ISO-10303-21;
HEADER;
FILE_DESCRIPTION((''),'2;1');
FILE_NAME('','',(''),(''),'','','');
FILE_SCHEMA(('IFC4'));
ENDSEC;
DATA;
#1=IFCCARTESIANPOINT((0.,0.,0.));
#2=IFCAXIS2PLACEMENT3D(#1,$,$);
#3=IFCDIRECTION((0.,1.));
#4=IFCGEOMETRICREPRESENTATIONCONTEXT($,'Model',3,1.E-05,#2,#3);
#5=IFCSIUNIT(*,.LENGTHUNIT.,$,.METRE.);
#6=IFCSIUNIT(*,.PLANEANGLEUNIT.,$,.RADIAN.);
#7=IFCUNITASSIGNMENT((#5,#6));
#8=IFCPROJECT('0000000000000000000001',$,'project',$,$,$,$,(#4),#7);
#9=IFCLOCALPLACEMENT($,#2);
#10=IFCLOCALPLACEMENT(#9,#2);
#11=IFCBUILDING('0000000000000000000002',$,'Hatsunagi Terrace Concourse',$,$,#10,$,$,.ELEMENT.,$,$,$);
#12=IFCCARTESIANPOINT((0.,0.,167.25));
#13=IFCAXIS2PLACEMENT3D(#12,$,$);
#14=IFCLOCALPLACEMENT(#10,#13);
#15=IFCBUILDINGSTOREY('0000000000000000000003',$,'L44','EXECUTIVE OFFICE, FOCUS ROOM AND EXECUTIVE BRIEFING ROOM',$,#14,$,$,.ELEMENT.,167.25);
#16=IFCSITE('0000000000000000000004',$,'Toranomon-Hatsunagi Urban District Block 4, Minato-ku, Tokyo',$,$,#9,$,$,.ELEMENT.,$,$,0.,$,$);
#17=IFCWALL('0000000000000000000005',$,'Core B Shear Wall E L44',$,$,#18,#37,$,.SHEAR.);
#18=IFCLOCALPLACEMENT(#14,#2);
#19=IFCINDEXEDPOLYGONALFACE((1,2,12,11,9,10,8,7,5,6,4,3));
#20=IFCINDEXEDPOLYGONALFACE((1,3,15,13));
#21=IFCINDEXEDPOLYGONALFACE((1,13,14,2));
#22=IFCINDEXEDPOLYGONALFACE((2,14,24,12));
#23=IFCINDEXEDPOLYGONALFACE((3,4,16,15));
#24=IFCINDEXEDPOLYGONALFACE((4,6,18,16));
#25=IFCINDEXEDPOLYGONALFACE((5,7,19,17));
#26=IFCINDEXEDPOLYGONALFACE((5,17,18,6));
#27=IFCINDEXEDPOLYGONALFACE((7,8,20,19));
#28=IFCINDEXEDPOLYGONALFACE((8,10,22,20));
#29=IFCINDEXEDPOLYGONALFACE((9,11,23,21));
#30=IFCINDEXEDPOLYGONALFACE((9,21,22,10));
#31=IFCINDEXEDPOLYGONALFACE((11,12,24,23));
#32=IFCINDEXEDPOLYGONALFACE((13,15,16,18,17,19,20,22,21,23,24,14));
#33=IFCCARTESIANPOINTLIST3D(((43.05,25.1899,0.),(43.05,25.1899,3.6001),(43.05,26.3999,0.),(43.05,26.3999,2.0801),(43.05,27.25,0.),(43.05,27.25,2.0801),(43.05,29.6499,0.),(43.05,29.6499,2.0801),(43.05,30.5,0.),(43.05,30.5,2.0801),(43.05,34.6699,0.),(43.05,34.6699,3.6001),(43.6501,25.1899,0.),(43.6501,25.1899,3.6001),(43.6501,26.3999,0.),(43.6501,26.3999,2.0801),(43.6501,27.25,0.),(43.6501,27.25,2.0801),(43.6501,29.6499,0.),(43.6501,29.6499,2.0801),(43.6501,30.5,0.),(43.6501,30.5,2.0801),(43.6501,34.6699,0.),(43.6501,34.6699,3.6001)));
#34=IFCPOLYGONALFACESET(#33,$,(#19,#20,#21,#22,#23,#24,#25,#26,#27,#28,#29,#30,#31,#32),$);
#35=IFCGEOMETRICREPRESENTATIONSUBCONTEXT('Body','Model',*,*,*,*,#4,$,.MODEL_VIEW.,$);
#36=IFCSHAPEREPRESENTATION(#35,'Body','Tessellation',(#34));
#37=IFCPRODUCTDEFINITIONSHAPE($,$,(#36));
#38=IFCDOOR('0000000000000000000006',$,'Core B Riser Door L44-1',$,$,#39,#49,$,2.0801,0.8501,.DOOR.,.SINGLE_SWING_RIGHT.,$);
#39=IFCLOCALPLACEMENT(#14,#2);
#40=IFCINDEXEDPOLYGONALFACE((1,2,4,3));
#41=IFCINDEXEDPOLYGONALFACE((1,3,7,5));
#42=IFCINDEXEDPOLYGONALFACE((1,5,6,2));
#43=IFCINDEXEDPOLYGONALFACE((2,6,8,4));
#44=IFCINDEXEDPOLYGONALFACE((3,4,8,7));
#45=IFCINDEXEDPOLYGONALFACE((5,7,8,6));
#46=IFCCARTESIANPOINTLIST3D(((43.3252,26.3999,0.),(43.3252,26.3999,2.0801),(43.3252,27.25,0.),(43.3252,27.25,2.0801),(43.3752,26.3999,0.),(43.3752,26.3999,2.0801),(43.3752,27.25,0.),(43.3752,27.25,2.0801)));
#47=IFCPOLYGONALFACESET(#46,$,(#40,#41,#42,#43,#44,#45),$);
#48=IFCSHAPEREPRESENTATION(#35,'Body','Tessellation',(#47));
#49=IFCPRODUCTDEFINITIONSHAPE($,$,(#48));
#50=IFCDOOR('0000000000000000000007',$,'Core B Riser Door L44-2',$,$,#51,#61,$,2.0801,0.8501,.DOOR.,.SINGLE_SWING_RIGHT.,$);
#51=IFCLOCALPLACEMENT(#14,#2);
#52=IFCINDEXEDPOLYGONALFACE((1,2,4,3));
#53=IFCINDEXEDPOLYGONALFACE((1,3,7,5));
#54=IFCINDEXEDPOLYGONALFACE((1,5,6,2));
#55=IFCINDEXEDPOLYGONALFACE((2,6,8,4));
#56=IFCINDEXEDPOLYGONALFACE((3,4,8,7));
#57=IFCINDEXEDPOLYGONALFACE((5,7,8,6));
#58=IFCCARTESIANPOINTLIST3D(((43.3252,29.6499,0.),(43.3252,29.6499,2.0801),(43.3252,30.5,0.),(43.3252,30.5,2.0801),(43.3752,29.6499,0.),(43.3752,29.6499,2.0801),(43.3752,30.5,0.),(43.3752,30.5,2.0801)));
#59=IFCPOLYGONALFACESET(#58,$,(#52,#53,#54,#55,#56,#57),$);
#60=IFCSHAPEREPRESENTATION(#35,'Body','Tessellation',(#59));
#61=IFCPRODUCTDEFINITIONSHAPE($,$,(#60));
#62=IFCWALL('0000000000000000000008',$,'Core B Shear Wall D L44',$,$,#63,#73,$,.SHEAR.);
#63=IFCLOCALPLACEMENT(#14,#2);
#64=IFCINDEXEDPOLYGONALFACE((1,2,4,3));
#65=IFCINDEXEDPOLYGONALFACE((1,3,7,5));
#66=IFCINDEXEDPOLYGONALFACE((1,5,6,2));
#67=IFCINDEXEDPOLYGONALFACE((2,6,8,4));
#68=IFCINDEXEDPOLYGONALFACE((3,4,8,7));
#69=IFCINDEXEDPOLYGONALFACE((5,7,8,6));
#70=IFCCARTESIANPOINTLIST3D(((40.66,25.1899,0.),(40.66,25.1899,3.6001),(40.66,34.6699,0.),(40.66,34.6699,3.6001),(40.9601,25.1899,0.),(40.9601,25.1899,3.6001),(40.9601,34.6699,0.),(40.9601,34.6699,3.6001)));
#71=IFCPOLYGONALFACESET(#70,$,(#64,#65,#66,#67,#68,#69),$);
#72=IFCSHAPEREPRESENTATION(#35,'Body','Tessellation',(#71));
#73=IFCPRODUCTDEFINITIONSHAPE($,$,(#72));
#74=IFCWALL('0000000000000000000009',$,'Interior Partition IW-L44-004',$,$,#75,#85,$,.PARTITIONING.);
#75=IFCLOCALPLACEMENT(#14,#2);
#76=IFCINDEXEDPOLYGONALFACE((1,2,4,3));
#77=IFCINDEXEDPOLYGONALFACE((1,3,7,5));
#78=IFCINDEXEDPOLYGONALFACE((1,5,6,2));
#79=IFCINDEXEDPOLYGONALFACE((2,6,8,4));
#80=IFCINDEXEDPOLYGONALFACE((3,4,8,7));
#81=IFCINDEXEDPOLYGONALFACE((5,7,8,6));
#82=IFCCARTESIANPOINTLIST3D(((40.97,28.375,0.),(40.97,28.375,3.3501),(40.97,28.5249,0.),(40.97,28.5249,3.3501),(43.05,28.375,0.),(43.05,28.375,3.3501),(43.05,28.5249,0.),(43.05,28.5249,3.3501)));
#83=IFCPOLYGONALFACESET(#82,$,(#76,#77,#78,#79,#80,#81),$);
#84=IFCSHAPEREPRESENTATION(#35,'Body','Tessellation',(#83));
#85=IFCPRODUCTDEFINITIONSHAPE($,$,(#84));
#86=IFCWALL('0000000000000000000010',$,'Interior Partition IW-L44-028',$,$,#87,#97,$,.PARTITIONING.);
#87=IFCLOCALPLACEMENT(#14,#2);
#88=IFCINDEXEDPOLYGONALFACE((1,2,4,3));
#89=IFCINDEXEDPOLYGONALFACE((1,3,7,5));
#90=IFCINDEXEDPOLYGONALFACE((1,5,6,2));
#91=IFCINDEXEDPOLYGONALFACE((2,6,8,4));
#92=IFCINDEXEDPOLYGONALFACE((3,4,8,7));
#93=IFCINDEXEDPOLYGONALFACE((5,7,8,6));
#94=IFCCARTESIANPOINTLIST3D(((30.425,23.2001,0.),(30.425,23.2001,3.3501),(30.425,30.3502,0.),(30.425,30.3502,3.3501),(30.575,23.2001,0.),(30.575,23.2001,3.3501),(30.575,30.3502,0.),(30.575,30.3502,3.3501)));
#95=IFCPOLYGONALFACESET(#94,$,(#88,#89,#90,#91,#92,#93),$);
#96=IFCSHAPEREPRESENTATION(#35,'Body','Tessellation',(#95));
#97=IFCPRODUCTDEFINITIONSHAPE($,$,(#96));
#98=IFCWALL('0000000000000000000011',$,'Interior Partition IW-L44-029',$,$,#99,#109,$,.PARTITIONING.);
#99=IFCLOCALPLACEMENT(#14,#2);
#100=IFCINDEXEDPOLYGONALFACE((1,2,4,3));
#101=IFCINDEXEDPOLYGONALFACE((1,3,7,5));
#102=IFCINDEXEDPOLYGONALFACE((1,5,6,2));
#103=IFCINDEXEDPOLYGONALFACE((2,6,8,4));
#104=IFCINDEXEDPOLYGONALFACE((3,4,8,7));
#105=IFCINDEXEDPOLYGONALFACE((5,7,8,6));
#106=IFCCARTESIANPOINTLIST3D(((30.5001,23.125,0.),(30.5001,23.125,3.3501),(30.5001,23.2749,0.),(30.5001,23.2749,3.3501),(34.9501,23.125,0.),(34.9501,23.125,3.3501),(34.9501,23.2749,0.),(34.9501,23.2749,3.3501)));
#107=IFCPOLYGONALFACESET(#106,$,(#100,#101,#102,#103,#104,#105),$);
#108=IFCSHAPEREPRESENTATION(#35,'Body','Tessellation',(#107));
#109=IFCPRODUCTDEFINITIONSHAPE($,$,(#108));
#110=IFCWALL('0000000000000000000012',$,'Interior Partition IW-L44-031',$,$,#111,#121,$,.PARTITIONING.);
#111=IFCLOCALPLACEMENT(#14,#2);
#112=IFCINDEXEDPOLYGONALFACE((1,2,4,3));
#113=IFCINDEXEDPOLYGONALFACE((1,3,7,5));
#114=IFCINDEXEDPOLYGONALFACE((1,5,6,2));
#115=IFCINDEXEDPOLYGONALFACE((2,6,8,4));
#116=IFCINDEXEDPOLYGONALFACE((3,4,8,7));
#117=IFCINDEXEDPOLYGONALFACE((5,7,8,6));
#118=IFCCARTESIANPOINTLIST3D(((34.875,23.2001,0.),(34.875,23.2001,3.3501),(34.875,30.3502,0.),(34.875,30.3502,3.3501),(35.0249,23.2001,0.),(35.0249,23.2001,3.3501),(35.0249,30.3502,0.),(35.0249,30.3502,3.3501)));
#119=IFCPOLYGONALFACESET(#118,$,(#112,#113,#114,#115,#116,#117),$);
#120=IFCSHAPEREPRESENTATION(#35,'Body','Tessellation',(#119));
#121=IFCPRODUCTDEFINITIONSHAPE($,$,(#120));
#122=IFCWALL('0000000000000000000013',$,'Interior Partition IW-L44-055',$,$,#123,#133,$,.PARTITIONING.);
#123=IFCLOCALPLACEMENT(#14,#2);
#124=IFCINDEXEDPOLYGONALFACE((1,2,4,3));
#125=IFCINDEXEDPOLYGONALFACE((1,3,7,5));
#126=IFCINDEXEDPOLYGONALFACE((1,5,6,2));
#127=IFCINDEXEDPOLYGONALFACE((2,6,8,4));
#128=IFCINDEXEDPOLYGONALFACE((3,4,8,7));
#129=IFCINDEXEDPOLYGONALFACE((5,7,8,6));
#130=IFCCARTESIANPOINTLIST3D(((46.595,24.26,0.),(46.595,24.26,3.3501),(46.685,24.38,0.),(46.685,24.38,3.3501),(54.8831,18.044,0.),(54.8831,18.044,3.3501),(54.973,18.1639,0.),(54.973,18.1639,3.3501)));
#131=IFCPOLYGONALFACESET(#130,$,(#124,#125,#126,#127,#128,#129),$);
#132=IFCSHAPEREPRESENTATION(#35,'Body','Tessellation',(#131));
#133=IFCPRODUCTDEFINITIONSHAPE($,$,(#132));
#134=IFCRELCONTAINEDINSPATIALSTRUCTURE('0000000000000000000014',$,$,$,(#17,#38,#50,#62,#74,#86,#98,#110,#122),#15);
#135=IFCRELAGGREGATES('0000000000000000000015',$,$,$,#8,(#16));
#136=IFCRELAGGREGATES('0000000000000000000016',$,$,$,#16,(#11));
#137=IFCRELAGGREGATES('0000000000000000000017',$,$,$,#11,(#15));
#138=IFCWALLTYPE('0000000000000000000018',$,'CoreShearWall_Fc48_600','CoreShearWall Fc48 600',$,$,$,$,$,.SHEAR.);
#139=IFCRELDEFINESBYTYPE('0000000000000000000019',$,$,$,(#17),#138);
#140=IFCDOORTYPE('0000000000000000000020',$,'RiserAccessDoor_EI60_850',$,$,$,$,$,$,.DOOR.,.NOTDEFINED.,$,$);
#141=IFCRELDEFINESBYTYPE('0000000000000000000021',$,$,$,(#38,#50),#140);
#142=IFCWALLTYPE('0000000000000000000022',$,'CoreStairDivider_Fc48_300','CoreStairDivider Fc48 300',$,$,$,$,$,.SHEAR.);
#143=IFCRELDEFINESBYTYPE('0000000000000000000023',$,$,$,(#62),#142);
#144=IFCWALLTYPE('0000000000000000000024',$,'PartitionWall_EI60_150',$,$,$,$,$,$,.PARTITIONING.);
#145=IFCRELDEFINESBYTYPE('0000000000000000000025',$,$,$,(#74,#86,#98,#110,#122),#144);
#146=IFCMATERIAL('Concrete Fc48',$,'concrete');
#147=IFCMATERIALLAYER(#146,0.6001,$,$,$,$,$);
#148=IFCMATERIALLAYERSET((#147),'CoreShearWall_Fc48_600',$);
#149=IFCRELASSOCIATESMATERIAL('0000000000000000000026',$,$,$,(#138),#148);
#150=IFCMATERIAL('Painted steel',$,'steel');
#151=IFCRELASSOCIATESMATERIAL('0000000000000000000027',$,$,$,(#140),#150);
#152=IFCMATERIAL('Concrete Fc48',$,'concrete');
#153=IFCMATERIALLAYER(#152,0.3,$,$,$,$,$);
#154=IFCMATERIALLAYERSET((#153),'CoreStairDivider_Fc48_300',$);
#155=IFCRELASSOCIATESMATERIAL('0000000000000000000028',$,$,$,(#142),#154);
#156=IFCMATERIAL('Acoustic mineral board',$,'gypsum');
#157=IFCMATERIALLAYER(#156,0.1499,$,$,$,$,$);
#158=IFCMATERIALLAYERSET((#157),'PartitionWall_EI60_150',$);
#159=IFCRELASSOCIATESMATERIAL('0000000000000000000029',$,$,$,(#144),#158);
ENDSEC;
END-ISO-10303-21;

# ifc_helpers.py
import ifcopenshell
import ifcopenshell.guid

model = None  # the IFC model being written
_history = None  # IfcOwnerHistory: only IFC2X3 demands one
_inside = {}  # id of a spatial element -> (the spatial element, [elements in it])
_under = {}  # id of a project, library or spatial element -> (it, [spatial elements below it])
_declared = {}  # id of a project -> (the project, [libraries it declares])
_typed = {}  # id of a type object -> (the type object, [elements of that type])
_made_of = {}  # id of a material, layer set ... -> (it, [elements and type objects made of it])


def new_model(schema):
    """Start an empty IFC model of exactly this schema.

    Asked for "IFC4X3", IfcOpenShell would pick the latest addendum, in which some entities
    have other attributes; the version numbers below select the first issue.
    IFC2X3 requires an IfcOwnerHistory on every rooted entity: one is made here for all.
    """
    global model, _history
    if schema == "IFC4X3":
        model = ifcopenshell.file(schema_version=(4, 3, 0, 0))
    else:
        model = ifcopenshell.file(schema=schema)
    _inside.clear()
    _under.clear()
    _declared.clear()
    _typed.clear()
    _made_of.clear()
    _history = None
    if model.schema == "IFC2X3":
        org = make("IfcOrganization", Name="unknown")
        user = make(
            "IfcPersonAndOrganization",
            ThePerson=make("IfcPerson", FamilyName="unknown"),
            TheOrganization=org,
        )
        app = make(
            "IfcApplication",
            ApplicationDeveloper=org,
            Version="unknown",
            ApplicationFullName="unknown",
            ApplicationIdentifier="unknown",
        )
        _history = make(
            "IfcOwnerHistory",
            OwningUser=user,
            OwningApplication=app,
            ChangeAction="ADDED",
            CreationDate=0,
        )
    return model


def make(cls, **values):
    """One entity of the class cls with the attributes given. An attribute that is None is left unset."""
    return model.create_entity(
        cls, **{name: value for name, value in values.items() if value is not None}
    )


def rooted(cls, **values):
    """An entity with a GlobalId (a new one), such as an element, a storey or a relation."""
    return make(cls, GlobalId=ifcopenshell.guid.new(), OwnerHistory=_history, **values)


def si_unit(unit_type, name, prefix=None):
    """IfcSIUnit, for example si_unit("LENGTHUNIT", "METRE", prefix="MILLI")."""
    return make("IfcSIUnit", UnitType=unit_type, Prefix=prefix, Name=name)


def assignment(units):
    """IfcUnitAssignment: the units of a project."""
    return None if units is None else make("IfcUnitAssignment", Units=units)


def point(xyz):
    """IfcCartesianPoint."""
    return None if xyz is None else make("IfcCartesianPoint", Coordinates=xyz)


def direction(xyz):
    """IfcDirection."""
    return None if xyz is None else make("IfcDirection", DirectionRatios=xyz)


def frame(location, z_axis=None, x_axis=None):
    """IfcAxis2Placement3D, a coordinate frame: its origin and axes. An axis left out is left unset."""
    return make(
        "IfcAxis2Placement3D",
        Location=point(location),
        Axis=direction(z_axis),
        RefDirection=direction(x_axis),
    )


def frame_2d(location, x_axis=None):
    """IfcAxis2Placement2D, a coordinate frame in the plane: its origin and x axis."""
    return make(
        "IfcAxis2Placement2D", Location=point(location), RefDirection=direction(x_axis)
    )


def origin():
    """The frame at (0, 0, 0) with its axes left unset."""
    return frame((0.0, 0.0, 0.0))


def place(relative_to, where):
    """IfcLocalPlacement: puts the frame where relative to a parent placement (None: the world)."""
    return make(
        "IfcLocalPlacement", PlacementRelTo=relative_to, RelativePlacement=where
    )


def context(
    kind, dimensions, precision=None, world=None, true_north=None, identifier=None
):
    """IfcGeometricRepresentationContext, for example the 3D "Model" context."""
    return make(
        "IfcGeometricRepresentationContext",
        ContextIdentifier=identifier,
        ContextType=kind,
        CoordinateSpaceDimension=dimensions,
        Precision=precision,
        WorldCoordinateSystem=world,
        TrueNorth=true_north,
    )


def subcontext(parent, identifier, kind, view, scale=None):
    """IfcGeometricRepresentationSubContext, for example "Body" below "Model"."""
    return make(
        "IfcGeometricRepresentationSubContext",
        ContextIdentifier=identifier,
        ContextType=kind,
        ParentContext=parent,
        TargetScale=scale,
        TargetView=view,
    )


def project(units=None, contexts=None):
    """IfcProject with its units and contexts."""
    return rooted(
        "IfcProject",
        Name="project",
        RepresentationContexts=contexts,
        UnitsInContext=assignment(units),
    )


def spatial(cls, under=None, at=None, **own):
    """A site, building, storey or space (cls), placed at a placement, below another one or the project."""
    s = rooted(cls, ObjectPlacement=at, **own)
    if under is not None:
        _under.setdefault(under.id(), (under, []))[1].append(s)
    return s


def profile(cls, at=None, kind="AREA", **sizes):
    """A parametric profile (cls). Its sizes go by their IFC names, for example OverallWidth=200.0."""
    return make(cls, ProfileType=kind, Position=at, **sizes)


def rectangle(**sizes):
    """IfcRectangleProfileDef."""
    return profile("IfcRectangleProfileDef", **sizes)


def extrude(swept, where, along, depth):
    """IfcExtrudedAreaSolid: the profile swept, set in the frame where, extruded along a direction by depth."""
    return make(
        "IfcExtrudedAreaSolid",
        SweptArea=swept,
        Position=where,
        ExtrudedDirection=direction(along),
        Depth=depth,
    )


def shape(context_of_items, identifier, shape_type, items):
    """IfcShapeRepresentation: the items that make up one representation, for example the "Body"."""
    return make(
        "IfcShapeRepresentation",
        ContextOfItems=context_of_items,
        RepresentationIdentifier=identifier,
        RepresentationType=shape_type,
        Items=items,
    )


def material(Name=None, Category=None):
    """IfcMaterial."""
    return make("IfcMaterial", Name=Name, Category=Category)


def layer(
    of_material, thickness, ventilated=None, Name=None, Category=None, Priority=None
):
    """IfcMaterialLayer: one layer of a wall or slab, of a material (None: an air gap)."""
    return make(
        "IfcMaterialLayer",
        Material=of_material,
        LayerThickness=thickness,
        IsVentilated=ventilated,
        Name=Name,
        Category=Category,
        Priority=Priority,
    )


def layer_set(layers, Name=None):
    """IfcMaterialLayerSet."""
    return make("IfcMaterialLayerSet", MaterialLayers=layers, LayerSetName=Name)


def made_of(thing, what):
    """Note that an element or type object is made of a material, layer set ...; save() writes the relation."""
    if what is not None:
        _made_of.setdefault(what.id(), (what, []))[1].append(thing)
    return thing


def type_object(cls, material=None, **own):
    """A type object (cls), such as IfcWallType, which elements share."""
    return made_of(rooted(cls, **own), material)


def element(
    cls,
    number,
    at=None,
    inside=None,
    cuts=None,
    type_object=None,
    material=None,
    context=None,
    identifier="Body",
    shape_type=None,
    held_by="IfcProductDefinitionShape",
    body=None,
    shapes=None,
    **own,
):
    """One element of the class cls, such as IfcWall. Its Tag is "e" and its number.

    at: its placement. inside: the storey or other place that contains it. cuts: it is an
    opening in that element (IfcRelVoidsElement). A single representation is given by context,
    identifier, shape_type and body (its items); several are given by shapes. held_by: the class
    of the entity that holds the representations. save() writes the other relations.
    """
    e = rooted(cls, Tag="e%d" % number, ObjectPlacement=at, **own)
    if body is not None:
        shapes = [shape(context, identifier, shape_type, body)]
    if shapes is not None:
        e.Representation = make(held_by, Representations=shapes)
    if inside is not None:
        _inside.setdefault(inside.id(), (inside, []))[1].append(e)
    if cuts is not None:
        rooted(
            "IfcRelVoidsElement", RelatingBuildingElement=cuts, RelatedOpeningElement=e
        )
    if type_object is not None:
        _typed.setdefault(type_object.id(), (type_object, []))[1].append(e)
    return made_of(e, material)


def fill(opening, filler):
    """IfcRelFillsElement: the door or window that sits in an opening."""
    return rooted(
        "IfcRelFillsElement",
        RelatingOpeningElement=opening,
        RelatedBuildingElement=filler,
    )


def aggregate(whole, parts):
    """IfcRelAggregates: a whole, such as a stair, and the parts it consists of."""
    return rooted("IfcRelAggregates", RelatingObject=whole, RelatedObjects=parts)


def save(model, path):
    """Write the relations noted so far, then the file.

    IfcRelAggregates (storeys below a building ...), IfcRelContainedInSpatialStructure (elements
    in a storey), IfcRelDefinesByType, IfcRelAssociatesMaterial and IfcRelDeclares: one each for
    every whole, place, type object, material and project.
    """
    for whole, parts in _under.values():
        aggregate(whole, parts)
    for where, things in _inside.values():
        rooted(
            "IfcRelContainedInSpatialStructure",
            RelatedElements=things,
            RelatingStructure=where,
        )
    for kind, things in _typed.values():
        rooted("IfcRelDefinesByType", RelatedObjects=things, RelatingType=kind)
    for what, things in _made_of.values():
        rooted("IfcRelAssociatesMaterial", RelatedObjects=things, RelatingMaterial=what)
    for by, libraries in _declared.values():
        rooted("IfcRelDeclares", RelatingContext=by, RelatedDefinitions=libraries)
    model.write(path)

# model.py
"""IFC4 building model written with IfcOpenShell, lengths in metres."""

from ifc_helpers import new_model, si_unit, direction, frame, frame_2d, origin, place, context, subcontext, project, spatial, rectangle, extrude, material, layer, layer_set, type_object, element, fill, save


model = new_model("IFC4")

# Units and contexts
model_context = context("Model", 3, precision=1e-05, world=origin(), true_north=direction((0.0, 1.0)))
body_context = subcontext(model_context, "Body", "Model", "MODEL_VIEW")
ifc_project = project(units=[si_unit("LENGTHUNIT", "METRE"), si_unit("PLANEANGLEUNIT", "RADIAN")], contexts=[model_context])

# Site, building, storey
site_placement = place(None, origin())
site = spatial("IfcSite", under=ifc_project, at=site_placement, Name="Toranomon-Hatsunagi Urban District Block 4, Minato-ku, Tokyo", CompositionType="ELEMENT", RefElevation=0.0)
building_placement = place(site_placement, origin())
building = spatial("IfcBuilding", under=site, at=building_placement, Name="Hatsunagi Terrace Concourse", CompositionType="ELEMENT")
storey_placement = place(building_placement, frame((0.0, 0.0, 167.25)))
storey = spatial("IfcBuildingStorey", under=building, at=storey_placement, Name="L44", Description="EXECUTIVE OFFICE, FOCUS ROOM AND EXECUTIVE BRIEFING ROOM", CompositionType="ELEMENT", Elevation=167.25)

# Shared definitions
ifc_material_1 = material(Name="Concrete Fc48", Category="concrete")
ifc_layer_1 = layer(ifc_material_1, 0.6001)
ifc_layer_set_1 = layer_set([ifc_layer_1], Name="CoreShearWall_Fc48_600")
wall_type_1 = type_object("IfcWallType", Name="CoreShearWall_Fc48_600", Description="CoreShearWall Fc48 600", PredefinedType="SHEAR", material=ifc_layer_set_1)

# Wall, openings, doors
wall_1_placement = place(storey_placement, frame((43.3501, 25.1899, 0.0), z_axis=(0.0, 0.0, 1.0), x_axis=(0.0, 1.0, 0.0)))
wall_1 = element("IfcWall", 1, at=wall_1_placement, inside=storey, type_object=wall_type_1, Name="Core B Shear Wall E L44", PredefinedType="SHEAR", context=body_context, shape_type="SweptSolid", body=[
    extrude(rectangle(XDim=9.48, YDim=0.6001, at=frame_2d((4.74, 0.0))), origin(), (0.0, 0.0, 1.0), 3.6001),
])
opening_1_placement = place(wall_1_placement, frame((1.21, 0.0, 0.0)))
opening_1 = element("IfcOpeningElement", 2, at=opening_1_placement, cuts=wall_1, PredefinedType="OPENING", context=body_context, shape_type="SweptSolid", body=[
    extrude(rectangle(XDim=0.8501, YDim=2.0801, at=frame_2d((0.425, 1.04))), frame((0.0, 0.3101, 0.0), z_axis=(0.0, -1.0, 0.0), x_axis=(1.0, 0.0, 0.0)), (0.0, 0.0, 1.0), 0.6201),
])
opening_2_placement = place(wall_1_placement, frame((4.46, 0.0, 0.0)))
opening_2 = element("IfcOpeningElement", 3, at=opening_2_placement, cuts=wall_1, PredefinedType="OPENING", context=body_context, shape_type="SweptSolid", body=[
    extrude(rectangle(XDim=0.8501, YDim=2.0801, at=frame_2d((0.425, 1.04))), frame((0.0, 0.3101, 0.0), z_axis=(0.0, -1.0, 0.0), x_axis=(1.0, 0.0, 0.0)), (0.0, 0.0, 1.0), 0.6201),
])
ifc_material_2 = material(Name="Painted steel", Category="steel")
door_type_1 = type_object("IfcDoorType", Name="RiserAccessDoor_EI60_850", OperationType="NOTDEFINED", PredefinedType="DOOR", material=ifc_material_2)
door_1_placement = place(opening_1_placement, origin())
door_1 = element("IfcDoor", 4, at=door_1_placement, inside=storey, type_object=door_type_1, Name="Core B Riser Door L44-1", OperationType="SINGLE_SWING_RIGHT", OverallHeight=2.0801, OverallWidth=0.8501, PredefinedType="DOOR", context=body_context, shape_type="SweptSolid", body=[
    extrude(rectangle(XDim=0.8501, YDim=2.0801, at=frame_2d((0.425, 1.04))), frame((0.0, 0.0249, 0.0), z_axis=(0.0, -1.0, 0.0), x_axis=(1.0, 0.0, 0.0)), (0.0, 0.0, 1.0), 0.05),
])
fill(opening_1, door_1)
door_2_placement = place(opening_2_placement, origin())
door_2 = element("IfcDoor", 5, at=door_2_placement, inside=storey, type_object=door_type_1, Name="Core B Riser Door L44-2", OperationType="SINGLE_SWING_RIGHT", OverallHeight=2.0801, OverallWidth=0.8501, PredefinedType="DOOR", context=body_context, shape_type="SweptSolid", body=[
    extrude(rectangle(XDim=0.8501, YDim=2.0801, at=frame_2d((0.425, 1.04))), frame((0.0, 0.0249, 0.0), z_axis=(0.0, -1.0, 0.0), x_axis=(1.0, 0.0, 0.0)), (0.0, 0.0, 1.0), 0.05),
])
fill(opening_2, door_2)

# Walls
ifc_material_3 = material(Name="Concrete Fc48", Category="concrete")
ifc_layer_2 = layer(ifc_material_3, 0.3)
ifc_layer_set_2 = layer_set([ifc_layer_2], Name="CoreStairDivider_Fc48_300")
wall_type_2 = type_object("IfcWallType", Name="CoreStairDivider_Fc48_300", Description="CoreStairDivider Fc48 300", PredefinedType="SHEAR", material=ifc_layer_set_2)
wall_2_placement = place(storey_placement, frame((40.8101, 25.1899, 0.0), z_axis=(0.0, 0.0, 1.0), x_axis=(0.0, 1.0, 0.0)))
element("IfcWall", 6, at=wall_2_placement, inside=storey, type_object=wall_type_2, Name="Core B Shear Wall D L44", PredefinedType="SHEAR", context=body_context, shape_type="SweptSolid", body=[
    extrude(rectangle(XDim=9.48, YDim=0.3, at=frame_2d((4.74, 0.0))), origin(), (0.0, 0.0, 1.0), 3.6001),
])
ifc_material_4 = material(Name="Acoustic mineral board", Category="gypsum")
ifc_layer_3 = layer(ifc_material_4, 0.1499)
ifc_layer_set_3 = layer_set([ifc_layer_3], Name="PartitionWall_EI60_150")
wall_type_3 = type_object("IfcWallType", Name="PartitionWall_EI60_150", PredefinedType="PARTITIONING", material=ifc_layer_set_3)
wall_3_placement = place(storey_placement, frame((40.97, 28.45, 0.0), z_axis=(0.0, 0.0, 1.0), x_axis=(1.0, 0.0, 0.0)))
element("IfcWall", 7, at=wall_3_placement, inside=storey, type_object=wall_type_3, Name="Interior Partition IW-L44-004", PredefinedType="PARTITIONING", context=body_context, shape_type="SweptSolid", body=[
    extrude(rectangle(XDim=2.0801, YDim=0.1499, at=frame_2d((1.04, 0.0))), origin(), (0.0, 0.0, 1.0), 3.3501),
])
wall_4_placement = place(storey_placement, frame((30.5, 23.2, 0.0), z_axis=(0.0, 0.0, 1.0), x_axis=(0.0, 1.0, 0.0)))
element("IfcWall", 8, at=wall_4_placement, inside=storey, type_object=wall_type_3, Name="Interior Partition IW-L44-028", PredefinedType="PARTITIONING", context=body_context, shape_type="SweptSolid", body=[
    extrude(rectangle(XDim=7.1501, YDim=0.1499, at=frame_2d((3.5752, 0.0))), origin(), (0.0, 0.0, 1.0), 3.3501),
])
wall_5_placement = place(storey_placement, frame((30.5, 23.2, 0.0), z_axis=(0.0, 0.0, 1.0), x_axis=(1.0, 0.0, 0.0)))
element("IfcWall", 9, at=wall_5_placement, inside=storey, type_object=wall_type_3, Name="Interior Partition IW-L44-029", PredefinedType="PARTITIONING", context=body_context, shape_type="SweptSolid", body=[
    extrude(rectangle(XDim=4.45, YDim=0.1499, at=frame_2d((2.2251, 0.0))), origin(), (0.0, 0.0, 1.0), 3.3501),
])
wall_6_placement = place(storey_placement, frame((34.95, 23.2, 0.0), z_axis=(0.0, 0.0, 1.0), x_axis=(0.0, 1.0, 0.0)))
element("IfcWall", 10, at=wall_6_placement, inside=storey, type_object=wall_type_3, Name="Interior Partition IW-L44-031", PredefinedType="PARTITIONING", context=body_context, shape_type="SweptSolid", body=[
    extrude(rectangle(XDim=7.1501, YDim=0.1499, at=frame_2d((3.5752, 0.0))), origin(), (0.0, 0.0, 1.0), 3.3501),
])
wall_7_placement = place(storey_placement, frame((46.6399, 24.3201, 0.0), z_axis=(0.0, 0.0, 1.0), x_axis=(0.8, -0.6, 0.0)))
element("IfcWall", 11, at=wall_7_placement, inside=storey, type_object=wall_type_3, Name="Interior Partition IW-L44-055", PredefinedType="PARTITIONING", context=body_context, shape_type="SweptSolid", body=[
    extrude(rectangle(XDim=10.3601, YDim=0.1499, at=frame_2d((5.1802, 0.0))), origin(), (0.0, 0.0, 1.0), 3.3501),
])

save(model, "model.ifc")
